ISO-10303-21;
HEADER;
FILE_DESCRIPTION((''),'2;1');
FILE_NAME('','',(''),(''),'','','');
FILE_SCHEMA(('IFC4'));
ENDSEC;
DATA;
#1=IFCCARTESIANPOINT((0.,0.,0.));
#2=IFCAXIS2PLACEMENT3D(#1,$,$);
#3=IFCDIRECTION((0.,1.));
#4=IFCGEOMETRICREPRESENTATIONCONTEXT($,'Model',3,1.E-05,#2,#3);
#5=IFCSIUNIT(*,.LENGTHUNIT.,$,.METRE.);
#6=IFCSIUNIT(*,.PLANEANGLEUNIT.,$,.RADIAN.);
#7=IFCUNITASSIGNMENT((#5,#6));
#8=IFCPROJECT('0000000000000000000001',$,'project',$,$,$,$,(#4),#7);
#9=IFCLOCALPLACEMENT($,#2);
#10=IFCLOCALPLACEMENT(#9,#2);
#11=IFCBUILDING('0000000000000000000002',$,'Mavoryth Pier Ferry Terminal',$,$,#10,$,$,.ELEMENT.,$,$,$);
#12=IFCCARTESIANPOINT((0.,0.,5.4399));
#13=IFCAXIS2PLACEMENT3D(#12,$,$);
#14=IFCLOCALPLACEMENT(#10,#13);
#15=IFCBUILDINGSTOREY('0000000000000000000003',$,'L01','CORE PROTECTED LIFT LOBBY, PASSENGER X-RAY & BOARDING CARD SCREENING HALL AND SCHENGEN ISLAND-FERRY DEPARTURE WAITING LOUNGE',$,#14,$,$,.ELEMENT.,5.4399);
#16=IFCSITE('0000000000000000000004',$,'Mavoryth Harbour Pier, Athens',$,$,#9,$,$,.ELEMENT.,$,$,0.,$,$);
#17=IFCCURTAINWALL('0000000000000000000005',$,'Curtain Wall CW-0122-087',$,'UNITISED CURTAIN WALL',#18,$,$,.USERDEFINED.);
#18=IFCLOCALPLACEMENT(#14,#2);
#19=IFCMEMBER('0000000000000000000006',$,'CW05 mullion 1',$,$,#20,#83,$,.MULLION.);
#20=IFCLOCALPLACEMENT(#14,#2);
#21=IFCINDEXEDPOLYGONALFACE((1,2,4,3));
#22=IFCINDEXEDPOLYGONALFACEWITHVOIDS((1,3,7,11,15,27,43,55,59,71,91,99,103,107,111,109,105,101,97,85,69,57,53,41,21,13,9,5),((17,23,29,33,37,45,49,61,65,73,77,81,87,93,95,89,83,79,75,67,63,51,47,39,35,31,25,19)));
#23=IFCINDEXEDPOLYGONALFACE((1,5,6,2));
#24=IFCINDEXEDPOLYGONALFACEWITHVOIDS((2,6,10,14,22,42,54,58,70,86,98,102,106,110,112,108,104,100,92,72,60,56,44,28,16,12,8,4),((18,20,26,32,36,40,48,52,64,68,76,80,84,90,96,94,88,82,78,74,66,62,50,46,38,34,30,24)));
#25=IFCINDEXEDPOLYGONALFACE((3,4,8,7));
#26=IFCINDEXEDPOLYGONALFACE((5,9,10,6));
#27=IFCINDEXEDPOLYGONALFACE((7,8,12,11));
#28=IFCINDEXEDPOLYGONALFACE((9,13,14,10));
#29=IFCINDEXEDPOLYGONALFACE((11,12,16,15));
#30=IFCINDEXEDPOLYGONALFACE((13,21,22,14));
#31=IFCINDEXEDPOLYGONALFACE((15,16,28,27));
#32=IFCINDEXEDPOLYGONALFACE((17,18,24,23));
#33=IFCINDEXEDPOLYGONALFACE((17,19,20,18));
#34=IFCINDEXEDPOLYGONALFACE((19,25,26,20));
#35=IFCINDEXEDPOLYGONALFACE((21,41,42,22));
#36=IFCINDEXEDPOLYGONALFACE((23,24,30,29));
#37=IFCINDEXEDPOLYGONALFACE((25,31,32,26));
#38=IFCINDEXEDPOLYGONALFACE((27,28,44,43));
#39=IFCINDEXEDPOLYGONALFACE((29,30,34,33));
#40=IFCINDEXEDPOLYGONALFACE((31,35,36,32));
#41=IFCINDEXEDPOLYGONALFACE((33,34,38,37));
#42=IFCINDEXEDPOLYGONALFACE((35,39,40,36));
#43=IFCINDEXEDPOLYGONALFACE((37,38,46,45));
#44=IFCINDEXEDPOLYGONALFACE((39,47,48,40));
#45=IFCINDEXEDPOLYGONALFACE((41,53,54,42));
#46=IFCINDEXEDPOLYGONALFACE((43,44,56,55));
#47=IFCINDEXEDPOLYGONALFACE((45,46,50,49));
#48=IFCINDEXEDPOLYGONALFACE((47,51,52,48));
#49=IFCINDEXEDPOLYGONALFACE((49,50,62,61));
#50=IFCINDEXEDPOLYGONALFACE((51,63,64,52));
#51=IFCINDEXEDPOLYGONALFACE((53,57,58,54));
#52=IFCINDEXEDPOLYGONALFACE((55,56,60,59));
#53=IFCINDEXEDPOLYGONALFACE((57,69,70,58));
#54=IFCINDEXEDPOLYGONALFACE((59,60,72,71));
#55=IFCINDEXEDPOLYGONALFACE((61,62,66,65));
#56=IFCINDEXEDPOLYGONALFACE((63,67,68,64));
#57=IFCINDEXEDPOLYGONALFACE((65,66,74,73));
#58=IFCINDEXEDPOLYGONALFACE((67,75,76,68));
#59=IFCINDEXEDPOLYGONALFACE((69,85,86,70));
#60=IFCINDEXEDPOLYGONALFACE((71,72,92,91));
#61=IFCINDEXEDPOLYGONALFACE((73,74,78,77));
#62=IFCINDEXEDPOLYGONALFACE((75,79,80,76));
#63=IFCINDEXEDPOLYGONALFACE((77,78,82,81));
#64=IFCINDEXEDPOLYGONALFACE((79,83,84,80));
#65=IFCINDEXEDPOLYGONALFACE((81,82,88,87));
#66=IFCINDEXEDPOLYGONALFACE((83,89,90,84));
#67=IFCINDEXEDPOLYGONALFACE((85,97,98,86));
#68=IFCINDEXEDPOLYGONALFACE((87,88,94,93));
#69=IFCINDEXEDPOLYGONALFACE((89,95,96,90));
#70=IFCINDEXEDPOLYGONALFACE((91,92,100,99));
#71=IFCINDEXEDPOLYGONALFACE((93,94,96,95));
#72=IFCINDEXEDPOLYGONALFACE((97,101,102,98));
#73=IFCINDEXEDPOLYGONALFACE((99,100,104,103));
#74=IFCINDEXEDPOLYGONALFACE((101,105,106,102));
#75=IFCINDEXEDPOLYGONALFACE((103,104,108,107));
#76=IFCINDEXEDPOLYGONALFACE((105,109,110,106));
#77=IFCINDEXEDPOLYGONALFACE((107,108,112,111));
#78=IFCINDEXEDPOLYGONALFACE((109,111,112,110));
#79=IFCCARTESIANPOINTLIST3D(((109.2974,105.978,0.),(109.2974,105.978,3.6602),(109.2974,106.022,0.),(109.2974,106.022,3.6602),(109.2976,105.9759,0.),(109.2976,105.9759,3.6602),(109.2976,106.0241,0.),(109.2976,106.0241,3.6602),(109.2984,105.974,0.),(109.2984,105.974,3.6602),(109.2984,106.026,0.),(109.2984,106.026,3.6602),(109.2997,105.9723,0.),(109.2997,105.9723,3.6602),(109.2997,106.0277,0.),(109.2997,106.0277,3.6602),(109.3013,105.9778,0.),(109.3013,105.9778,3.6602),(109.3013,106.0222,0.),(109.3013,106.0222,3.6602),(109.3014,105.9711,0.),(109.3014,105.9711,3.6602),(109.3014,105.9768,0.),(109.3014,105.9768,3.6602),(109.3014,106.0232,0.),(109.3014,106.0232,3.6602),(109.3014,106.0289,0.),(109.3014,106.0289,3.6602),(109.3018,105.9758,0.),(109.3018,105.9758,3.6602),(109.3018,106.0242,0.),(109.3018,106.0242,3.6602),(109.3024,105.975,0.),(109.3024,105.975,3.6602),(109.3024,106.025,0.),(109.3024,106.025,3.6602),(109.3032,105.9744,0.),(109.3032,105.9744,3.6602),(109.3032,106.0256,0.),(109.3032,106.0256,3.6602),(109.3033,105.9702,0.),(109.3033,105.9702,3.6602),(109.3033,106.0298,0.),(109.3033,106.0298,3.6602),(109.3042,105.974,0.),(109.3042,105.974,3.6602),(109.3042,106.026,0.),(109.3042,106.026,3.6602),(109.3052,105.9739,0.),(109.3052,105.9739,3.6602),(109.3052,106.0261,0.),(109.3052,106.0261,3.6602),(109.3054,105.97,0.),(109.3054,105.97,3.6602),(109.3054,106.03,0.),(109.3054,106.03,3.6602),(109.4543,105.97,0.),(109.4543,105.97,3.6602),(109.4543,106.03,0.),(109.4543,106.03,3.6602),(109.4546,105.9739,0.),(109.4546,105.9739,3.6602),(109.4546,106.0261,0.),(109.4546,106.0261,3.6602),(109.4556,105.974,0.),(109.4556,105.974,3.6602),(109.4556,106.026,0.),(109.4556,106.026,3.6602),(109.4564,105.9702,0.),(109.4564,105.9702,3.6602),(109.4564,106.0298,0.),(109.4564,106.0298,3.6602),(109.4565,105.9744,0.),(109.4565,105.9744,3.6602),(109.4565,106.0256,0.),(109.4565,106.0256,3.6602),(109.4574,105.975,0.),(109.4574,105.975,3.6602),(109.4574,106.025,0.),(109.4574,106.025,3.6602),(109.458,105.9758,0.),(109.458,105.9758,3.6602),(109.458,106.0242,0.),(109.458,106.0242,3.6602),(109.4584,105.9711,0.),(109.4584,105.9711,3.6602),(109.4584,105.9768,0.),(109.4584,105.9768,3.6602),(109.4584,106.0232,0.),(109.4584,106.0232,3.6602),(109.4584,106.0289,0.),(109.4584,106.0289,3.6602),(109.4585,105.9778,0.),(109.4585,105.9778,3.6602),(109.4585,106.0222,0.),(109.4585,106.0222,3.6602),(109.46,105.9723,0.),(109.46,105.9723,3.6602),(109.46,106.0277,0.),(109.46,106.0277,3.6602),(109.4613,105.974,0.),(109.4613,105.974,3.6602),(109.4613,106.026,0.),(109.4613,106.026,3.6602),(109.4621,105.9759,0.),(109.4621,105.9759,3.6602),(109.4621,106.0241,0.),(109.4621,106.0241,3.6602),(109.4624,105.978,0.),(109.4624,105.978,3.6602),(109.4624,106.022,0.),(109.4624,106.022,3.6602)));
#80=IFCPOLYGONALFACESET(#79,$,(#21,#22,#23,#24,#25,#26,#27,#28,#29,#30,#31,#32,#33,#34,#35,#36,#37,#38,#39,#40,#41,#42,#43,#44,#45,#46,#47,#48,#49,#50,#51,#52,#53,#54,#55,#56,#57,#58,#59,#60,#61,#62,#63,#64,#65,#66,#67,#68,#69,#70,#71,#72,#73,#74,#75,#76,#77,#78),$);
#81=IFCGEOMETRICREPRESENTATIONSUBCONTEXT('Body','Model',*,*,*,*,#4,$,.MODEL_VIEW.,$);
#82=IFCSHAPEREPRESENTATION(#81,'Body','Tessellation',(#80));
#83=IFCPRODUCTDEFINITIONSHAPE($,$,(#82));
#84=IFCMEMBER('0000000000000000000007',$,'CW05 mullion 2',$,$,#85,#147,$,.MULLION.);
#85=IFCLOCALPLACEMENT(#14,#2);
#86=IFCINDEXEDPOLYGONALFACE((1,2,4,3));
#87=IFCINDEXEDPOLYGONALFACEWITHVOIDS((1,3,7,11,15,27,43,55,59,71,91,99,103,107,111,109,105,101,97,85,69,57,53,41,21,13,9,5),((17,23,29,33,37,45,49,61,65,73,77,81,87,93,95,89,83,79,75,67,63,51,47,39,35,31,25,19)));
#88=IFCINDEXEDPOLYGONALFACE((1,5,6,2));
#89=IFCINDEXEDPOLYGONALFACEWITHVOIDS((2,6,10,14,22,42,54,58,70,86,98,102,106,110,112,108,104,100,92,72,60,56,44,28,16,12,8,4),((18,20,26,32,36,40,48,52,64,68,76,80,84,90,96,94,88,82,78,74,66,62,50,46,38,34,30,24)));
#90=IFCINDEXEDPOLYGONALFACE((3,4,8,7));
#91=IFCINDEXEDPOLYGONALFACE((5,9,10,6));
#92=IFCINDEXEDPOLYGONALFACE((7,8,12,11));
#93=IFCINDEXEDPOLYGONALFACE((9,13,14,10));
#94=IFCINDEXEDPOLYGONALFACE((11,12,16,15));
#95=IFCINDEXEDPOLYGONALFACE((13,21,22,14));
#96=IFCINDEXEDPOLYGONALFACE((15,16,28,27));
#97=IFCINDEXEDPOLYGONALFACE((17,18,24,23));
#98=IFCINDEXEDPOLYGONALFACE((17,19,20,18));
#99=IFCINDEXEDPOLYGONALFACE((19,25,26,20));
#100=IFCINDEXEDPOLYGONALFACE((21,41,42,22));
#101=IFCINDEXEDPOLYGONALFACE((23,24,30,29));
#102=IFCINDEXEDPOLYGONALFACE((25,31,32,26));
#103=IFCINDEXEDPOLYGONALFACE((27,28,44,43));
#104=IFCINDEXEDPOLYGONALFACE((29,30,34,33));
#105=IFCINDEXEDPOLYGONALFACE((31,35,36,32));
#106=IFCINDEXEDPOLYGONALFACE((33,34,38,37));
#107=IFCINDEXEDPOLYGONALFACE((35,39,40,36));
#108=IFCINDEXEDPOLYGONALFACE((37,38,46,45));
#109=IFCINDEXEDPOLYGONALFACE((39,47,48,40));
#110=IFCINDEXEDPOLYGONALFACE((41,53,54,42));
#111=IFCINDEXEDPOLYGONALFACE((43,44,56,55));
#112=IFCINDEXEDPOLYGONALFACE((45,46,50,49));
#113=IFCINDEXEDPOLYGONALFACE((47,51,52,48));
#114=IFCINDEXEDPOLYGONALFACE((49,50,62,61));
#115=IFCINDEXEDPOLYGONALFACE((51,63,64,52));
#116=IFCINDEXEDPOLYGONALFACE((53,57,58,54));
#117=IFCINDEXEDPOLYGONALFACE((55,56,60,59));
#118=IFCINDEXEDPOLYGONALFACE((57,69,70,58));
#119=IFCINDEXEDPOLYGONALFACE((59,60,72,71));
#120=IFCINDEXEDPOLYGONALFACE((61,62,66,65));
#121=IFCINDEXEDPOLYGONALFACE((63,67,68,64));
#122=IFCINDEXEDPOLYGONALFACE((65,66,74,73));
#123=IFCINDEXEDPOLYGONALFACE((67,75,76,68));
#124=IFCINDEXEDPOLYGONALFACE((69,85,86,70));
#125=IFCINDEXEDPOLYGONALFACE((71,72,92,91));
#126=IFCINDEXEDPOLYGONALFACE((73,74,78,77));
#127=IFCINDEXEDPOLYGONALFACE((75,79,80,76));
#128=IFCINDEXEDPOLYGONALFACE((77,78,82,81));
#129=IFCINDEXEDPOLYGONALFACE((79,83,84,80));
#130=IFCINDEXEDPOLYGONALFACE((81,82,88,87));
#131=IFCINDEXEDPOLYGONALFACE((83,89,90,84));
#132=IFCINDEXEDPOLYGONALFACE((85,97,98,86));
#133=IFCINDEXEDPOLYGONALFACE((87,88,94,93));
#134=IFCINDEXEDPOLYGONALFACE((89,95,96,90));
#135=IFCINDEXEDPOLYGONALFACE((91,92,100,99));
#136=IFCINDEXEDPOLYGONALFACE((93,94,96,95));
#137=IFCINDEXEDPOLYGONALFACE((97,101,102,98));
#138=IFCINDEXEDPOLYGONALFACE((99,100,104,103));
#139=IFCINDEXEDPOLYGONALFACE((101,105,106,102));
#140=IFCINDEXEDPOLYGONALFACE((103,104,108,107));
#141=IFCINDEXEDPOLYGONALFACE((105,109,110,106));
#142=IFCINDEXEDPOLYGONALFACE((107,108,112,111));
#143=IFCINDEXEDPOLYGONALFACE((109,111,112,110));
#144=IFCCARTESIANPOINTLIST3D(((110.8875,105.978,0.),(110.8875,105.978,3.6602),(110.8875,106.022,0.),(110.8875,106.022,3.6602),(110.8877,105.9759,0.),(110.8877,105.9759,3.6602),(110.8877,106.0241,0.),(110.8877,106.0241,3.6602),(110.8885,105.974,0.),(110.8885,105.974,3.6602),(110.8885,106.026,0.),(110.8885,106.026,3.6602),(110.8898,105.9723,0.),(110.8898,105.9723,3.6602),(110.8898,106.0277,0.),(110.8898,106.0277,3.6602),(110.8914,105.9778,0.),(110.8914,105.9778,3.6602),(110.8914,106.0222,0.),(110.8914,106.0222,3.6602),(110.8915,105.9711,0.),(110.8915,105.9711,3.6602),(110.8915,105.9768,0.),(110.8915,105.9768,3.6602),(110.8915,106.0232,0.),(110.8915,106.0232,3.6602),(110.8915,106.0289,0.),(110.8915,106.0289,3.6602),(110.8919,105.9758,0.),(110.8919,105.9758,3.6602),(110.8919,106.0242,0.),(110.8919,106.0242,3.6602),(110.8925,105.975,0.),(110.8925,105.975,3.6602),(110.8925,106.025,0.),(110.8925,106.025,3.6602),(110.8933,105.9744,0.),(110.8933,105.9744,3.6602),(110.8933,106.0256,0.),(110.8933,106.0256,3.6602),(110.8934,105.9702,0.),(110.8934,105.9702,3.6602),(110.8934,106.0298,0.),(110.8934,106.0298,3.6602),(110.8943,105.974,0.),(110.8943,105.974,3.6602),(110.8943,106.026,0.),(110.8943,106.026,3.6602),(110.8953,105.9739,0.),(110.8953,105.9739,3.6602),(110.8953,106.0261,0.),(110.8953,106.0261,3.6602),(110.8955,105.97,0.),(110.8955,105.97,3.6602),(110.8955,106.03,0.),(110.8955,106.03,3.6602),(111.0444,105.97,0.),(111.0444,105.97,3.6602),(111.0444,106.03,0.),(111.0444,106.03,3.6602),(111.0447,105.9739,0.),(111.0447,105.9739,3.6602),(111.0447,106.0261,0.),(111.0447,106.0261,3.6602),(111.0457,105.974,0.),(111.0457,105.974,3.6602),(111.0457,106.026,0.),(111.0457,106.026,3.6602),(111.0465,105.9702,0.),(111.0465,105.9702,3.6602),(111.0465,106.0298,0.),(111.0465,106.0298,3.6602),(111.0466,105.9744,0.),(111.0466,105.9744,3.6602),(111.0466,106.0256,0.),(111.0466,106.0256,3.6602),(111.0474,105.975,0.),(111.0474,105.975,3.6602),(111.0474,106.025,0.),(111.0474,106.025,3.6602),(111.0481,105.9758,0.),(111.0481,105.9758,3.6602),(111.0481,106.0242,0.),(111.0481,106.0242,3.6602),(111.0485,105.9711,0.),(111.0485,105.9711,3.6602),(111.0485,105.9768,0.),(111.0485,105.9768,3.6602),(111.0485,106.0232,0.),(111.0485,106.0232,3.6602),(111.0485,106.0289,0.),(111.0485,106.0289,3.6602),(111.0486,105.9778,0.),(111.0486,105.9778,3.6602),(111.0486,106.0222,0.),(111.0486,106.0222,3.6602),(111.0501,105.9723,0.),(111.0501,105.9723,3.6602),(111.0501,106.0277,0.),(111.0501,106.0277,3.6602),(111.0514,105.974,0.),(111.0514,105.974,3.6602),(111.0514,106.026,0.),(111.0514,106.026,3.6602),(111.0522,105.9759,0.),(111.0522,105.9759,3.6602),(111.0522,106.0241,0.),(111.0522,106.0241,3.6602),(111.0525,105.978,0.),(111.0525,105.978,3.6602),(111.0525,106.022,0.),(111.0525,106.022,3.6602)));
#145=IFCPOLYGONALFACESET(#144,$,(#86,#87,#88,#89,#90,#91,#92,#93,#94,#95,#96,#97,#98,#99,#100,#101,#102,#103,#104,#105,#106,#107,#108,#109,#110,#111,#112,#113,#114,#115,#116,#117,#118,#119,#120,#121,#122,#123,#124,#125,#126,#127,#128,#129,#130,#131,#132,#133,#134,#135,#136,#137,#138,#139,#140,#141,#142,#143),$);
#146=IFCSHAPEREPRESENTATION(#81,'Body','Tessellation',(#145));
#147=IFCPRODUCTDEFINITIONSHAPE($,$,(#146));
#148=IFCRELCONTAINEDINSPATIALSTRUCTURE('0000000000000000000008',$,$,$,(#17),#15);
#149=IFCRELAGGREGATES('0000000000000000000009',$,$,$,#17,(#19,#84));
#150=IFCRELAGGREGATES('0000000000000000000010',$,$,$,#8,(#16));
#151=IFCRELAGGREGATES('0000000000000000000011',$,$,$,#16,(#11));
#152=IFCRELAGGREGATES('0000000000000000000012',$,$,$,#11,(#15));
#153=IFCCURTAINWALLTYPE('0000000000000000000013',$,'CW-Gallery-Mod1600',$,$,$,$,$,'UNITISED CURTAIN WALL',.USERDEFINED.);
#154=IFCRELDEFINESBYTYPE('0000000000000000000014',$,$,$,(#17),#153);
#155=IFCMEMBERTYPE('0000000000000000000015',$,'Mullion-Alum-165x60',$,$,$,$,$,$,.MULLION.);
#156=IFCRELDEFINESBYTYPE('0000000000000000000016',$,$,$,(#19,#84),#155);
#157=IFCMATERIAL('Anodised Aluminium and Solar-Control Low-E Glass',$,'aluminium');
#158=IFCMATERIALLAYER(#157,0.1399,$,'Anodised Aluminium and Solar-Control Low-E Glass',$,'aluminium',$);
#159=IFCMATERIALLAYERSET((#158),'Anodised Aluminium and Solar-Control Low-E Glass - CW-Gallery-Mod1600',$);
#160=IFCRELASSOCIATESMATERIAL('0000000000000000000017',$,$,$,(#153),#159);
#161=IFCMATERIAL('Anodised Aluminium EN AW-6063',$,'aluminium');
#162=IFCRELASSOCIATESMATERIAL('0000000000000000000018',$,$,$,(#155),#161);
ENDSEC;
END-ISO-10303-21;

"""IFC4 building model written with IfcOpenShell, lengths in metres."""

from ifc_helpers import new_model, si_unit, direction, frame, origin, origin_2d, place, context, subcontext, project, spatial, hollow_rectangle, extrude, material, layer, layer_set, material_profile, profile_set, type_object, element, aggregate, save


model = new_model("IFC4")

# Units and contexts
model_context = context("Model", 3, precision=1e-05, world=origin(), true_north=direction((0.0, 1.0)))
body_context = subcontext(model_context, "Body", "Model", "MODEL_VIEW")
ifc_project = project(units=[si_unit("LENGTHUNIT", "METRE"), si_unit("PLANEANGLEUNIT", "RADIAN")], contexts=[model_context])

# Site, building, storey
site_placement = place(None, origin())
site = spatial("IfcSite", under=ifc_project, at=site_placement, Name="Mavoryth Harbour Pier, Athens", CompositionType="ELEMENT", RefElevation=0.0)
building_placement = place(site_placement, origin())
building = spatial("IfcBuilding", under=site, at=building_placement, Name="Mavoryth Pier Ferry Terminal", CompositionType="ELEMENT")
storey_placement = place(building_placement, frame((0.0, 0.0, 5.4399)))
storey = spatial("IfcBuildingStorey", under=building, at=storey_placement, Name="L01", Description="CORE PROTECTED LIFT LOBBY, PASSENGER X-RAY & BOARDING CARD SCREENING HALL AND SCHENGEN ISLAND-FERRY DEPARTURE WAITING LOUNGE", CompositionType="ELEMENT", Elevation=5.4399)

# Curtain wall, members
ifc_material_1 = material(Name="Anodised Aluminium and Solar-Control Low-E Glass", Category="aluminium")
ifc_layer_1 = layer(ifc_material_1, 0.1399, Name="Anodised Aluminium and Solar-Control Low-E Glass", Category="aluminium")
ifc_layer_set_1 = layer_set([ifc_layer_1], Name="Anodised Aluminium and Solar-Control Low-E Glass - CW-Gallery-Mod1600")
curtain_wall_type = type_object("IfcCurtainWallType", Name="CW-Gallery-Mod1600", ElementType="UNITISED CURTAIN WALL", PredefinedType="USERDEFINED", material=ifc_layer_set_1)
ifc_material_2 = material(Name="Anodised Aluminium EN AW-6063", Category="aluminium")
ifc_material_profile_1 = material_profile(ifc_material_2, hollow_rectangle(XDim=0.0601, YDim=0.165, WallThickness=0.0039, InnerFilletRadius=0.0039, OuterFilletRadius=0.0081, at=origin_2d()), Name="AL-MULL 165x60x4", Category="aluminium")
ifc_profile_set_1 = profile_set([ifc_material_profile_1], Name="Anodised Aluminium EN AW-6063 - AL-MULL 165x60x4")
member_type_1 = type_object("IfcMemberType", Name="Mullion-Alum-165x60", PredefinedType="MULLION", material=ifc_profile_set_1)
curtain_wall_1_placement = place(storey_placement, origin())
curtain_wall_1 = element("IfcCurtainWall", 1, at=curtain_wall_1_placement, inside=storey, type_object=curtain_wall_type, Name="Curtain Wall CW-0122-087", ObjectType="UNITISED CURTAIN WALL", PredefinedType="USERDEFINED")
member_1_placement = place(storey_placement, frame((109.3799, 106.0, 0.0), z_axis=(0.0, 0.0, 1.0), x_axis=(0.0, 1.0, 0.0)))
member_1 = element("IfcMember", 2, at=member_1_placement, type_object=member_type_1, Name="CW05 mullion 1", PredefinedType="MULLION", context=body_context, shape_type="SweptSolid", body=[
    extrude(hollow_rectangle(XDim=0.0601, YDim=0.165, WallThickness=0.0039, InnerFilletRadius=0.0039, OuterFilletRadius=0.0081, at=origin_2d()), origin(), (0.0, 0.0, 1.0), 3.6602),
])
member_2_placement = place(storey_placement, frame((110.97, 106.0, 0.0), z_axis=(0.0, 0.0, 1.0), x_axis=(0.0, 1.0, 0.0)))
member_2 = element("IfcMember", 3, at=member_2_placement, type_object=member_type_1, Name="CW05 mullion 2", PredefinedType="MULLION", context=body_context, shape_type="SweptSolid", body=[
    extrude(hollow_rectangle(XDim=0.0601, YDim=0.165, WallThickness=0.0039, InnerFilletRadius=0.0039, OuterFilletRadius=0.0081, at=origin_2d()), origin(), (0.0, 0.0, 1.0), 3.6602),
])

aggregate(curtain_wall_1, [member_1, member_2])

save(model, "model.ifc")
